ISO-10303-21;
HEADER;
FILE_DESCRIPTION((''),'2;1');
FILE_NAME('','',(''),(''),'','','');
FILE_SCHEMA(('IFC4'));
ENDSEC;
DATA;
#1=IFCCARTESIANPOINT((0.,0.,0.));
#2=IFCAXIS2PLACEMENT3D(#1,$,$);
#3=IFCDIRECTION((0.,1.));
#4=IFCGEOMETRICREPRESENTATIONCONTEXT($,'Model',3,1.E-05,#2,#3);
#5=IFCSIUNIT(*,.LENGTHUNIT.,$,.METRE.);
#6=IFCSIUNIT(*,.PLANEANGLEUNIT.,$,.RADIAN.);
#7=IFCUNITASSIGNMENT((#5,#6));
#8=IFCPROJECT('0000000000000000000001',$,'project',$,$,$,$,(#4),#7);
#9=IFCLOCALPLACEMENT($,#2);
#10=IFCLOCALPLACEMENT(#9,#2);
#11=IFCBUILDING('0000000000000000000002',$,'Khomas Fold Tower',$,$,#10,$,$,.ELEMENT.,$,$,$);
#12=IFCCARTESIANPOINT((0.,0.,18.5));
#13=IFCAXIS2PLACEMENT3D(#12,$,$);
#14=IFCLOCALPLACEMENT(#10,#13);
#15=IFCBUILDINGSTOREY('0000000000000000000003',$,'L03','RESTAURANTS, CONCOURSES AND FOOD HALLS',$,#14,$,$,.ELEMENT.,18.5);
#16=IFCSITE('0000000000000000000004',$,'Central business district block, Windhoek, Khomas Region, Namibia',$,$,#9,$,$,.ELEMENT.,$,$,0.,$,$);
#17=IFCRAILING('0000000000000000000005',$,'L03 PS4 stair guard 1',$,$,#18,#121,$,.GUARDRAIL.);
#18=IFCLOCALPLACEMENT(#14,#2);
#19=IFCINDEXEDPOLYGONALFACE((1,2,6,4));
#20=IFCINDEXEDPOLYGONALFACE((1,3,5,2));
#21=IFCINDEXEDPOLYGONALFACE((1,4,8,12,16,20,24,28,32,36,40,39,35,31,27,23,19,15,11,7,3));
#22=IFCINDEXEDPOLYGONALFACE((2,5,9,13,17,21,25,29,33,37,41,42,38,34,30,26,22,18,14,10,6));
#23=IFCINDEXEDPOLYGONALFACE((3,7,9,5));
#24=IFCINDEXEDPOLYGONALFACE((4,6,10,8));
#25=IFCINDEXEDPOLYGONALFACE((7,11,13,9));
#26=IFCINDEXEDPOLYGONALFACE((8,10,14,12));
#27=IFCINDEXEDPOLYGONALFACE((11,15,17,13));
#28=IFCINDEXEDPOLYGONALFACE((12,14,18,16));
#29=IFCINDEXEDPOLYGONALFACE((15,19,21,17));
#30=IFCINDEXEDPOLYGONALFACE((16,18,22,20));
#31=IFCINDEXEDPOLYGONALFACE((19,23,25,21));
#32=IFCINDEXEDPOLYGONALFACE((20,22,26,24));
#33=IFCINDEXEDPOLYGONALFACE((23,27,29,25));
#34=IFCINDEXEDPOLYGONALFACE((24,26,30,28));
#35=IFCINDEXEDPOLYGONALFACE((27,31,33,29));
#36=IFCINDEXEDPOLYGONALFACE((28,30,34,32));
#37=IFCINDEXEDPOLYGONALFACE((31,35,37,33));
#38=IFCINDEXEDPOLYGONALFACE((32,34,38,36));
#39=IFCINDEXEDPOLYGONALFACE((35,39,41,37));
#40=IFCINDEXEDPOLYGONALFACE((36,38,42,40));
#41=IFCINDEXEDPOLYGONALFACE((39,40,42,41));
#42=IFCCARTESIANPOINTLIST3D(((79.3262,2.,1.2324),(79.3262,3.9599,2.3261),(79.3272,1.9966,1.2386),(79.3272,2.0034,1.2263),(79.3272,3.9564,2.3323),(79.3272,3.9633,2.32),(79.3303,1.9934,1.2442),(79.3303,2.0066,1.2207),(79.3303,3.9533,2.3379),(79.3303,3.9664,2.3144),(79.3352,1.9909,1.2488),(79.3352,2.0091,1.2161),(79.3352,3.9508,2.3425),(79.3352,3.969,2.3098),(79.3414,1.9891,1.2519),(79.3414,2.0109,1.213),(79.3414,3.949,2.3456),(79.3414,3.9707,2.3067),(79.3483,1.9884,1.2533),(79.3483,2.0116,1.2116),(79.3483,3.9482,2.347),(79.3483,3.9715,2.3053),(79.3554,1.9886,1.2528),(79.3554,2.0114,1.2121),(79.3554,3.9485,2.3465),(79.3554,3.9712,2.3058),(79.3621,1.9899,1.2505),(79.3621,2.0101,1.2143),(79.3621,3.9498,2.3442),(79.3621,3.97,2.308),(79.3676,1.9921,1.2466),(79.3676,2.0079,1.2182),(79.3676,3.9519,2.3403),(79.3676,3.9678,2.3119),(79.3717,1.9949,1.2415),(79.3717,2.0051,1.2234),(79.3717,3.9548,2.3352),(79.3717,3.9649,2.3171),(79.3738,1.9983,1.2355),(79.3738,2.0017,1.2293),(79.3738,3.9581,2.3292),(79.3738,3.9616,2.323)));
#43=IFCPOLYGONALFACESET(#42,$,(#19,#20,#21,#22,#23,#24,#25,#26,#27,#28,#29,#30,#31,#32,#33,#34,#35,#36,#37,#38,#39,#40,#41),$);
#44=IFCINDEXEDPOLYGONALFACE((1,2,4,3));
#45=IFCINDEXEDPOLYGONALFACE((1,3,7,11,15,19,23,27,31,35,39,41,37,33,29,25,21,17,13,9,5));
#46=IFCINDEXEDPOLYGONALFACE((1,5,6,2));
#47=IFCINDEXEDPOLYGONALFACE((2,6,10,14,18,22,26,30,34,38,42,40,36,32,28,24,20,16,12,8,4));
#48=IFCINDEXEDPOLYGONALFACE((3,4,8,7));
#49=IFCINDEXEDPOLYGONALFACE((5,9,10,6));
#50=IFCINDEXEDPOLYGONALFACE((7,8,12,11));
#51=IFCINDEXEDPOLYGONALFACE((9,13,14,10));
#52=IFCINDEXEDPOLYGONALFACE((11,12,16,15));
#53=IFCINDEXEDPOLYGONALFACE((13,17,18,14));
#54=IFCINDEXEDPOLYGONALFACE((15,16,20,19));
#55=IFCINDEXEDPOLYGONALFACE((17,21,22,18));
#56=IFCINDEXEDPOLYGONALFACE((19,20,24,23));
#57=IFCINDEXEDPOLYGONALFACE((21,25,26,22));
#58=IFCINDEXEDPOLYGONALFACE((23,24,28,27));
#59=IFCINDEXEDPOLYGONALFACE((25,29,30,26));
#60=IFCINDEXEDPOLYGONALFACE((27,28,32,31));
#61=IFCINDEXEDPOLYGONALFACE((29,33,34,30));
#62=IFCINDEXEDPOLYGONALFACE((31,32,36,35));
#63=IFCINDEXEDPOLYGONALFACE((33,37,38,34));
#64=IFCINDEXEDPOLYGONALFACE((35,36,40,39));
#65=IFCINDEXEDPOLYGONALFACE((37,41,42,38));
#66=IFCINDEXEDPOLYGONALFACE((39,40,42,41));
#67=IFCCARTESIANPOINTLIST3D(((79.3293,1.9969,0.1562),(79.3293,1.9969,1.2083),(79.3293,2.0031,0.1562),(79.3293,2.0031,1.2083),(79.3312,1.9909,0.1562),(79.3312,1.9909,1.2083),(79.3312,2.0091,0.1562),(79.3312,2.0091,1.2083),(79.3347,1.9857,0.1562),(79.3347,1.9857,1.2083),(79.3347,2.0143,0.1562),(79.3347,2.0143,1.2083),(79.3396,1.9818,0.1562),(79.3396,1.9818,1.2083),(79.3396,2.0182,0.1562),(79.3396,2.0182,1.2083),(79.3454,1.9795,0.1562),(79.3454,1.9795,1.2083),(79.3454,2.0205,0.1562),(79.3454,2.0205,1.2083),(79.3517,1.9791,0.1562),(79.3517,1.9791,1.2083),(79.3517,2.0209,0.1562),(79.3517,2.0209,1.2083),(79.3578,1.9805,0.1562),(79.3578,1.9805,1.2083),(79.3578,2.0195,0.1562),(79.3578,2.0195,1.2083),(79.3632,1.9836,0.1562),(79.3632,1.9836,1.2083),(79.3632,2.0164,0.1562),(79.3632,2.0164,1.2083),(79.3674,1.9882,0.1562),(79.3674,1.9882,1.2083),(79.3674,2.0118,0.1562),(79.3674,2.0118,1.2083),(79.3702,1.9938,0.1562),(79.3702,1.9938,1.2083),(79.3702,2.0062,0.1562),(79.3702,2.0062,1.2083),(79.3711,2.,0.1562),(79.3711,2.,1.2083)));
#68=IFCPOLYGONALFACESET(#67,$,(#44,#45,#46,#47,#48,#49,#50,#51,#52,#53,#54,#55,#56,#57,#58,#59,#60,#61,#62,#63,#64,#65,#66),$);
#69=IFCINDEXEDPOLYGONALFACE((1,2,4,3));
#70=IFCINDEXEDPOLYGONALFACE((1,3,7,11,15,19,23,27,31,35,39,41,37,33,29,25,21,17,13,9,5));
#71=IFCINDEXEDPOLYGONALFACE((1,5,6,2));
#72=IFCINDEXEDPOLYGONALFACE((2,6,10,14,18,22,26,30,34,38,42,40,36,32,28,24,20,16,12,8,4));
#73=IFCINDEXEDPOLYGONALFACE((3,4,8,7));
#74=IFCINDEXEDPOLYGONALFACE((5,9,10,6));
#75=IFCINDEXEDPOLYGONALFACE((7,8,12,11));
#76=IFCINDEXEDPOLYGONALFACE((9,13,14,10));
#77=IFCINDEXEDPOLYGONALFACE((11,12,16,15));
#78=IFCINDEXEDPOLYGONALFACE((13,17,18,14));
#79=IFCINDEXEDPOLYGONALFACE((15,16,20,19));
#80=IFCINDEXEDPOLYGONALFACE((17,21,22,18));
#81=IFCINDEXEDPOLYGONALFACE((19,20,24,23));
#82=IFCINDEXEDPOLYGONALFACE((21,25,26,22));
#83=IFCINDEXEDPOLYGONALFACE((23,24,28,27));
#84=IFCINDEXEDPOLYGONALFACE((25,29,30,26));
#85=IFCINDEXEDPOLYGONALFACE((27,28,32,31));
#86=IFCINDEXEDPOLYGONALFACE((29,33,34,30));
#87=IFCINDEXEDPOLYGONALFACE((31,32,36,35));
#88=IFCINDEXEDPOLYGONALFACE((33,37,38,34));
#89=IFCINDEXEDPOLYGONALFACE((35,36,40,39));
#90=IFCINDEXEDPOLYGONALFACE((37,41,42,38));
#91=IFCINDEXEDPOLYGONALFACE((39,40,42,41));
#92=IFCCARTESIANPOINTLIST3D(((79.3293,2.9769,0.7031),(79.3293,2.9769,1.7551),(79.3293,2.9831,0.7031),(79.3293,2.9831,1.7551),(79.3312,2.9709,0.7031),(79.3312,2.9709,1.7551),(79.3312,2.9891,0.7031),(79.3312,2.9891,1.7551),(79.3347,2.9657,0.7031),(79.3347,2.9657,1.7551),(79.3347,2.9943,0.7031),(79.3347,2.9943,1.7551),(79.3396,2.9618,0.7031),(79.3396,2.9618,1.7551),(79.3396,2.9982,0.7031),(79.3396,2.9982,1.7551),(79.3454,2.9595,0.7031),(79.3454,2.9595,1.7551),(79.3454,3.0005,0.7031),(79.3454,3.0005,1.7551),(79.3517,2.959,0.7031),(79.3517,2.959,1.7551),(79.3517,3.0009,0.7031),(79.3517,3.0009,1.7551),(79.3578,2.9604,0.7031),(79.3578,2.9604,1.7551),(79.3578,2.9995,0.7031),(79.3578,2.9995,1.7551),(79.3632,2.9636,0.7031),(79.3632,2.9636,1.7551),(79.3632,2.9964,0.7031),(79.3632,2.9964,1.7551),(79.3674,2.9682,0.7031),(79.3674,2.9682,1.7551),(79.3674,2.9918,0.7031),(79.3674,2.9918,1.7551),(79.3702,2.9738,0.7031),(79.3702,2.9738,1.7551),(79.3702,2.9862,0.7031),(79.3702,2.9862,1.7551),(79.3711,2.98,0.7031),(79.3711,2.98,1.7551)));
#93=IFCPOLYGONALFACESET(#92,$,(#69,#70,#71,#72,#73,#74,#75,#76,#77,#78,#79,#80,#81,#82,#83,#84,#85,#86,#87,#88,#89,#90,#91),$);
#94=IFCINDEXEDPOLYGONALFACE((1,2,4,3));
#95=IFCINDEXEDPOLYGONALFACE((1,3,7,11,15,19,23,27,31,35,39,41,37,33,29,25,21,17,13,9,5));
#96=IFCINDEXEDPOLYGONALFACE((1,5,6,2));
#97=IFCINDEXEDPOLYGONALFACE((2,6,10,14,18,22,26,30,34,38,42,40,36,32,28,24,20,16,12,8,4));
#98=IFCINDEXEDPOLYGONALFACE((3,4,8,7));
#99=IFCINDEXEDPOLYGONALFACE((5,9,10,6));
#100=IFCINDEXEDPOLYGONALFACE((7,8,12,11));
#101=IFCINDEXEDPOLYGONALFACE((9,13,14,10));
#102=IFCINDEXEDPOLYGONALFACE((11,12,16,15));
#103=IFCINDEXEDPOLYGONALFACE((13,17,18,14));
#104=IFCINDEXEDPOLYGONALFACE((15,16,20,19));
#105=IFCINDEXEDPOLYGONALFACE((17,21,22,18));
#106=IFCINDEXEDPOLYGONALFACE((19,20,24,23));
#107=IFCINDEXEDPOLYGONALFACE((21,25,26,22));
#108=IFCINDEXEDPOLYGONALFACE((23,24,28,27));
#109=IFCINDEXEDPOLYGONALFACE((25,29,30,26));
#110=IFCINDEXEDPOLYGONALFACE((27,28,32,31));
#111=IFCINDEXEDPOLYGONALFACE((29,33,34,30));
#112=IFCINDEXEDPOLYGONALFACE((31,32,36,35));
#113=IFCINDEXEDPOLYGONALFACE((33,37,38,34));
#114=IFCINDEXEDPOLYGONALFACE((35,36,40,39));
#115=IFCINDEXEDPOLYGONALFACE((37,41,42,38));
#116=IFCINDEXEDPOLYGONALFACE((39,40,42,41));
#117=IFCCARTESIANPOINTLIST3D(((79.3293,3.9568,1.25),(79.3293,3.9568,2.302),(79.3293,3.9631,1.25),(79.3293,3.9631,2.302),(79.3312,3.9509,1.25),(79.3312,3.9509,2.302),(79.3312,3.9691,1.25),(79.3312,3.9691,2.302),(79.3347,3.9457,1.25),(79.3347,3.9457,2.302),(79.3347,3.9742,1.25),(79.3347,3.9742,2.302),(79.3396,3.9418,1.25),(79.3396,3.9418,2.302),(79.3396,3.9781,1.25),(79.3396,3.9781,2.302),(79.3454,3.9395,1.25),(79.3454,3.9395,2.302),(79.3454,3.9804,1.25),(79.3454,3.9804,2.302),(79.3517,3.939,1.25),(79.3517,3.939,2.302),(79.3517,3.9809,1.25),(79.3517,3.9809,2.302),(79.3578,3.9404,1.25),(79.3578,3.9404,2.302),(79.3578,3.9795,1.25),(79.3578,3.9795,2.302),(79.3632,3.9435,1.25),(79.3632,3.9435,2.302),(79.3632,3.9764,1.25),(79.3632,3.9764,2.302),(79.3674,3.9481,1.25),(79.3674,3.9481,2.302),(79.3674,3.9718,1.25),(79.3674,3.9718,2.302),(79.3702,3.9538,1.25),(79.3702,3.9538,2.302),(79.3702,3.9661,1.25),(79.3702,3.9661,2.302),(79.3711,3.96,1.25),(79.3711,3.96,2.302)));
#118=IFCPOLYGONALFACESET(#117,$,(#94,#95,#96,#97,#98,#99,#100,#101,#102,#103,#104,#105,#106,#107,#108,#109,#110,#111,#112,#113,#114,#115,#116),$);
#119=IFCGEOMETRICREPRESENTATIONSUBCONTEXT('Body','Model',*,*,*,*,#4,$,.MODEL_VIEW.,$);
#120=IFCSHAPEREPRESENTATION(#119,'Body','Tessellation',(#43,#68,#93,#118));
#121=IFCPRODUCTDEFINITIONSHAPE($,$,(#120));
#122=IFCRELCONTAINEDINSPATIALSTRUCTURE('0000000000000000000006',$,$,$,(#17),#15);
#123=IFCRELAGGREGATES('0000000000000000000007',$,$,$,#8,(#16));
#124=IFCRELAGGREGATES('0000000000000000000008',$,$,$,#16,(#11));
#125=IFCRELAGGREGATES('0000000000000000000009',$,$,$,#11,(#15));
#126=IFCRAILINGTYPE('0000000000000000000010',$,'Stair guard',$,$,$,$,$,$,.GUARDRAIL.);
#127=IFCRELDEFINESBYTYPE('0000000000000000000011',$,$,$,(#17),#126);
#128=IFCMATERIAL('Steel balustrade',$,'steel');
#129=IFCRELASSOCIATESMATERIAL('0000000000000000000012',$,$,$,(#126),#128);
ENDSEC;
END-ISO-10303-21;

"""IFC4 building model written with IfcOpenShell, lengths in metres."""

from ifc_helpers import new_model, si_unit, direction, frame, origin, origin_2d, place, context, subcontext, project, spatial, circle, extrude, source, transform, mapped, material, type_object, element, save


model = new_model("IFC4")

# Units and contexts
model_context = context("Model", 3, precision=1e-05, world=origin(), true_north=direction((0.0, 1.0)))
body_context = subcontext(model_context, "Body", "Model", "MODEL_VIEW")
ifc_project = project(units=[si_unit("LENGTHUNIT", "METRE"), si_unit("PLANEANGLEUNIT", "RADIAN")], contexts=[model_context])

# Site, building, storey
site_placement = place(None, origin())
site = spatial("IfcSite", under=ifc_project, at=site_placement, Name="Central business district block, Windhoek, Khomas Region, Namibia", CompositionType="ELEMENT", RefElevation=0.0)
building_placement = place(site_placement, origin())
building = spatial("IfcBuilding", under=site, at=building_placement, Name="Khomas Fold Tower", CompositionType="ELEMENT")
storey_placement = place(building_placement, frame((0.0, 0.0, 18.5)))
storey = spatial("IfcBuildingStorey", under=building, at=storey_placement, Name="L03", Description="RESTAURANTS, CONCOURSES AND FOOD HALLS", CompositionType="ELEMENT", Elevation=18.5)

# Railing
ifc_material_1 = material(Name="Steel balustrade", Category="steel")
railing_type_1 = type_object("IfcRailingType", Name="Stair guard", PredefinedType="GUARDRAIL", material=ifc_material_1)
shared_shape_1 = source(origin(), body_context, "Body", "SweptSolid", [
    extrude(circle(Radius=0.0239, at=origin_2d()), frame((0.0, 0.0, 1.0762), z_axis=(0.0, 0.873232, 0.487304), x_axis=(-1.0, 0.0, 0.0)), (0.0, 0.0, 1.0), 2.2444),
    extrude(circle(Radius=0.021, at=origin_2d()), origin(), (0.0, 0.0, 1.0), 1.052),
    extrude(circle(Radius=0.021, at=origin_2d()), frame((0.0, 0.98, 0.5469)), (0.0, 0.0, 1.0), 1.052),
    extrude(circle(Radius=0.021, at=origin_2d()), frame((0.0, 1.96, 1.0938)), (0.0, 0.0, 1.0), 1.052),
])
for number, where, name in (
    (1, (79.3501, 2.0, 0.1562), "L03 PS4 stair guard 1"),
):
    element("IfcRailing", number, at=place(storey_placement, frame(where)), inside=storey, type_object=railing_type_1, Name=name, PredefinedType="GUARDRAIL", context=body_context, shape_type="MappedRepresentation", body=[
        mapped(shared_shape_1, transform((0.0, 0.0, 0.0))),
    ])

save(model, "model.ifc")
